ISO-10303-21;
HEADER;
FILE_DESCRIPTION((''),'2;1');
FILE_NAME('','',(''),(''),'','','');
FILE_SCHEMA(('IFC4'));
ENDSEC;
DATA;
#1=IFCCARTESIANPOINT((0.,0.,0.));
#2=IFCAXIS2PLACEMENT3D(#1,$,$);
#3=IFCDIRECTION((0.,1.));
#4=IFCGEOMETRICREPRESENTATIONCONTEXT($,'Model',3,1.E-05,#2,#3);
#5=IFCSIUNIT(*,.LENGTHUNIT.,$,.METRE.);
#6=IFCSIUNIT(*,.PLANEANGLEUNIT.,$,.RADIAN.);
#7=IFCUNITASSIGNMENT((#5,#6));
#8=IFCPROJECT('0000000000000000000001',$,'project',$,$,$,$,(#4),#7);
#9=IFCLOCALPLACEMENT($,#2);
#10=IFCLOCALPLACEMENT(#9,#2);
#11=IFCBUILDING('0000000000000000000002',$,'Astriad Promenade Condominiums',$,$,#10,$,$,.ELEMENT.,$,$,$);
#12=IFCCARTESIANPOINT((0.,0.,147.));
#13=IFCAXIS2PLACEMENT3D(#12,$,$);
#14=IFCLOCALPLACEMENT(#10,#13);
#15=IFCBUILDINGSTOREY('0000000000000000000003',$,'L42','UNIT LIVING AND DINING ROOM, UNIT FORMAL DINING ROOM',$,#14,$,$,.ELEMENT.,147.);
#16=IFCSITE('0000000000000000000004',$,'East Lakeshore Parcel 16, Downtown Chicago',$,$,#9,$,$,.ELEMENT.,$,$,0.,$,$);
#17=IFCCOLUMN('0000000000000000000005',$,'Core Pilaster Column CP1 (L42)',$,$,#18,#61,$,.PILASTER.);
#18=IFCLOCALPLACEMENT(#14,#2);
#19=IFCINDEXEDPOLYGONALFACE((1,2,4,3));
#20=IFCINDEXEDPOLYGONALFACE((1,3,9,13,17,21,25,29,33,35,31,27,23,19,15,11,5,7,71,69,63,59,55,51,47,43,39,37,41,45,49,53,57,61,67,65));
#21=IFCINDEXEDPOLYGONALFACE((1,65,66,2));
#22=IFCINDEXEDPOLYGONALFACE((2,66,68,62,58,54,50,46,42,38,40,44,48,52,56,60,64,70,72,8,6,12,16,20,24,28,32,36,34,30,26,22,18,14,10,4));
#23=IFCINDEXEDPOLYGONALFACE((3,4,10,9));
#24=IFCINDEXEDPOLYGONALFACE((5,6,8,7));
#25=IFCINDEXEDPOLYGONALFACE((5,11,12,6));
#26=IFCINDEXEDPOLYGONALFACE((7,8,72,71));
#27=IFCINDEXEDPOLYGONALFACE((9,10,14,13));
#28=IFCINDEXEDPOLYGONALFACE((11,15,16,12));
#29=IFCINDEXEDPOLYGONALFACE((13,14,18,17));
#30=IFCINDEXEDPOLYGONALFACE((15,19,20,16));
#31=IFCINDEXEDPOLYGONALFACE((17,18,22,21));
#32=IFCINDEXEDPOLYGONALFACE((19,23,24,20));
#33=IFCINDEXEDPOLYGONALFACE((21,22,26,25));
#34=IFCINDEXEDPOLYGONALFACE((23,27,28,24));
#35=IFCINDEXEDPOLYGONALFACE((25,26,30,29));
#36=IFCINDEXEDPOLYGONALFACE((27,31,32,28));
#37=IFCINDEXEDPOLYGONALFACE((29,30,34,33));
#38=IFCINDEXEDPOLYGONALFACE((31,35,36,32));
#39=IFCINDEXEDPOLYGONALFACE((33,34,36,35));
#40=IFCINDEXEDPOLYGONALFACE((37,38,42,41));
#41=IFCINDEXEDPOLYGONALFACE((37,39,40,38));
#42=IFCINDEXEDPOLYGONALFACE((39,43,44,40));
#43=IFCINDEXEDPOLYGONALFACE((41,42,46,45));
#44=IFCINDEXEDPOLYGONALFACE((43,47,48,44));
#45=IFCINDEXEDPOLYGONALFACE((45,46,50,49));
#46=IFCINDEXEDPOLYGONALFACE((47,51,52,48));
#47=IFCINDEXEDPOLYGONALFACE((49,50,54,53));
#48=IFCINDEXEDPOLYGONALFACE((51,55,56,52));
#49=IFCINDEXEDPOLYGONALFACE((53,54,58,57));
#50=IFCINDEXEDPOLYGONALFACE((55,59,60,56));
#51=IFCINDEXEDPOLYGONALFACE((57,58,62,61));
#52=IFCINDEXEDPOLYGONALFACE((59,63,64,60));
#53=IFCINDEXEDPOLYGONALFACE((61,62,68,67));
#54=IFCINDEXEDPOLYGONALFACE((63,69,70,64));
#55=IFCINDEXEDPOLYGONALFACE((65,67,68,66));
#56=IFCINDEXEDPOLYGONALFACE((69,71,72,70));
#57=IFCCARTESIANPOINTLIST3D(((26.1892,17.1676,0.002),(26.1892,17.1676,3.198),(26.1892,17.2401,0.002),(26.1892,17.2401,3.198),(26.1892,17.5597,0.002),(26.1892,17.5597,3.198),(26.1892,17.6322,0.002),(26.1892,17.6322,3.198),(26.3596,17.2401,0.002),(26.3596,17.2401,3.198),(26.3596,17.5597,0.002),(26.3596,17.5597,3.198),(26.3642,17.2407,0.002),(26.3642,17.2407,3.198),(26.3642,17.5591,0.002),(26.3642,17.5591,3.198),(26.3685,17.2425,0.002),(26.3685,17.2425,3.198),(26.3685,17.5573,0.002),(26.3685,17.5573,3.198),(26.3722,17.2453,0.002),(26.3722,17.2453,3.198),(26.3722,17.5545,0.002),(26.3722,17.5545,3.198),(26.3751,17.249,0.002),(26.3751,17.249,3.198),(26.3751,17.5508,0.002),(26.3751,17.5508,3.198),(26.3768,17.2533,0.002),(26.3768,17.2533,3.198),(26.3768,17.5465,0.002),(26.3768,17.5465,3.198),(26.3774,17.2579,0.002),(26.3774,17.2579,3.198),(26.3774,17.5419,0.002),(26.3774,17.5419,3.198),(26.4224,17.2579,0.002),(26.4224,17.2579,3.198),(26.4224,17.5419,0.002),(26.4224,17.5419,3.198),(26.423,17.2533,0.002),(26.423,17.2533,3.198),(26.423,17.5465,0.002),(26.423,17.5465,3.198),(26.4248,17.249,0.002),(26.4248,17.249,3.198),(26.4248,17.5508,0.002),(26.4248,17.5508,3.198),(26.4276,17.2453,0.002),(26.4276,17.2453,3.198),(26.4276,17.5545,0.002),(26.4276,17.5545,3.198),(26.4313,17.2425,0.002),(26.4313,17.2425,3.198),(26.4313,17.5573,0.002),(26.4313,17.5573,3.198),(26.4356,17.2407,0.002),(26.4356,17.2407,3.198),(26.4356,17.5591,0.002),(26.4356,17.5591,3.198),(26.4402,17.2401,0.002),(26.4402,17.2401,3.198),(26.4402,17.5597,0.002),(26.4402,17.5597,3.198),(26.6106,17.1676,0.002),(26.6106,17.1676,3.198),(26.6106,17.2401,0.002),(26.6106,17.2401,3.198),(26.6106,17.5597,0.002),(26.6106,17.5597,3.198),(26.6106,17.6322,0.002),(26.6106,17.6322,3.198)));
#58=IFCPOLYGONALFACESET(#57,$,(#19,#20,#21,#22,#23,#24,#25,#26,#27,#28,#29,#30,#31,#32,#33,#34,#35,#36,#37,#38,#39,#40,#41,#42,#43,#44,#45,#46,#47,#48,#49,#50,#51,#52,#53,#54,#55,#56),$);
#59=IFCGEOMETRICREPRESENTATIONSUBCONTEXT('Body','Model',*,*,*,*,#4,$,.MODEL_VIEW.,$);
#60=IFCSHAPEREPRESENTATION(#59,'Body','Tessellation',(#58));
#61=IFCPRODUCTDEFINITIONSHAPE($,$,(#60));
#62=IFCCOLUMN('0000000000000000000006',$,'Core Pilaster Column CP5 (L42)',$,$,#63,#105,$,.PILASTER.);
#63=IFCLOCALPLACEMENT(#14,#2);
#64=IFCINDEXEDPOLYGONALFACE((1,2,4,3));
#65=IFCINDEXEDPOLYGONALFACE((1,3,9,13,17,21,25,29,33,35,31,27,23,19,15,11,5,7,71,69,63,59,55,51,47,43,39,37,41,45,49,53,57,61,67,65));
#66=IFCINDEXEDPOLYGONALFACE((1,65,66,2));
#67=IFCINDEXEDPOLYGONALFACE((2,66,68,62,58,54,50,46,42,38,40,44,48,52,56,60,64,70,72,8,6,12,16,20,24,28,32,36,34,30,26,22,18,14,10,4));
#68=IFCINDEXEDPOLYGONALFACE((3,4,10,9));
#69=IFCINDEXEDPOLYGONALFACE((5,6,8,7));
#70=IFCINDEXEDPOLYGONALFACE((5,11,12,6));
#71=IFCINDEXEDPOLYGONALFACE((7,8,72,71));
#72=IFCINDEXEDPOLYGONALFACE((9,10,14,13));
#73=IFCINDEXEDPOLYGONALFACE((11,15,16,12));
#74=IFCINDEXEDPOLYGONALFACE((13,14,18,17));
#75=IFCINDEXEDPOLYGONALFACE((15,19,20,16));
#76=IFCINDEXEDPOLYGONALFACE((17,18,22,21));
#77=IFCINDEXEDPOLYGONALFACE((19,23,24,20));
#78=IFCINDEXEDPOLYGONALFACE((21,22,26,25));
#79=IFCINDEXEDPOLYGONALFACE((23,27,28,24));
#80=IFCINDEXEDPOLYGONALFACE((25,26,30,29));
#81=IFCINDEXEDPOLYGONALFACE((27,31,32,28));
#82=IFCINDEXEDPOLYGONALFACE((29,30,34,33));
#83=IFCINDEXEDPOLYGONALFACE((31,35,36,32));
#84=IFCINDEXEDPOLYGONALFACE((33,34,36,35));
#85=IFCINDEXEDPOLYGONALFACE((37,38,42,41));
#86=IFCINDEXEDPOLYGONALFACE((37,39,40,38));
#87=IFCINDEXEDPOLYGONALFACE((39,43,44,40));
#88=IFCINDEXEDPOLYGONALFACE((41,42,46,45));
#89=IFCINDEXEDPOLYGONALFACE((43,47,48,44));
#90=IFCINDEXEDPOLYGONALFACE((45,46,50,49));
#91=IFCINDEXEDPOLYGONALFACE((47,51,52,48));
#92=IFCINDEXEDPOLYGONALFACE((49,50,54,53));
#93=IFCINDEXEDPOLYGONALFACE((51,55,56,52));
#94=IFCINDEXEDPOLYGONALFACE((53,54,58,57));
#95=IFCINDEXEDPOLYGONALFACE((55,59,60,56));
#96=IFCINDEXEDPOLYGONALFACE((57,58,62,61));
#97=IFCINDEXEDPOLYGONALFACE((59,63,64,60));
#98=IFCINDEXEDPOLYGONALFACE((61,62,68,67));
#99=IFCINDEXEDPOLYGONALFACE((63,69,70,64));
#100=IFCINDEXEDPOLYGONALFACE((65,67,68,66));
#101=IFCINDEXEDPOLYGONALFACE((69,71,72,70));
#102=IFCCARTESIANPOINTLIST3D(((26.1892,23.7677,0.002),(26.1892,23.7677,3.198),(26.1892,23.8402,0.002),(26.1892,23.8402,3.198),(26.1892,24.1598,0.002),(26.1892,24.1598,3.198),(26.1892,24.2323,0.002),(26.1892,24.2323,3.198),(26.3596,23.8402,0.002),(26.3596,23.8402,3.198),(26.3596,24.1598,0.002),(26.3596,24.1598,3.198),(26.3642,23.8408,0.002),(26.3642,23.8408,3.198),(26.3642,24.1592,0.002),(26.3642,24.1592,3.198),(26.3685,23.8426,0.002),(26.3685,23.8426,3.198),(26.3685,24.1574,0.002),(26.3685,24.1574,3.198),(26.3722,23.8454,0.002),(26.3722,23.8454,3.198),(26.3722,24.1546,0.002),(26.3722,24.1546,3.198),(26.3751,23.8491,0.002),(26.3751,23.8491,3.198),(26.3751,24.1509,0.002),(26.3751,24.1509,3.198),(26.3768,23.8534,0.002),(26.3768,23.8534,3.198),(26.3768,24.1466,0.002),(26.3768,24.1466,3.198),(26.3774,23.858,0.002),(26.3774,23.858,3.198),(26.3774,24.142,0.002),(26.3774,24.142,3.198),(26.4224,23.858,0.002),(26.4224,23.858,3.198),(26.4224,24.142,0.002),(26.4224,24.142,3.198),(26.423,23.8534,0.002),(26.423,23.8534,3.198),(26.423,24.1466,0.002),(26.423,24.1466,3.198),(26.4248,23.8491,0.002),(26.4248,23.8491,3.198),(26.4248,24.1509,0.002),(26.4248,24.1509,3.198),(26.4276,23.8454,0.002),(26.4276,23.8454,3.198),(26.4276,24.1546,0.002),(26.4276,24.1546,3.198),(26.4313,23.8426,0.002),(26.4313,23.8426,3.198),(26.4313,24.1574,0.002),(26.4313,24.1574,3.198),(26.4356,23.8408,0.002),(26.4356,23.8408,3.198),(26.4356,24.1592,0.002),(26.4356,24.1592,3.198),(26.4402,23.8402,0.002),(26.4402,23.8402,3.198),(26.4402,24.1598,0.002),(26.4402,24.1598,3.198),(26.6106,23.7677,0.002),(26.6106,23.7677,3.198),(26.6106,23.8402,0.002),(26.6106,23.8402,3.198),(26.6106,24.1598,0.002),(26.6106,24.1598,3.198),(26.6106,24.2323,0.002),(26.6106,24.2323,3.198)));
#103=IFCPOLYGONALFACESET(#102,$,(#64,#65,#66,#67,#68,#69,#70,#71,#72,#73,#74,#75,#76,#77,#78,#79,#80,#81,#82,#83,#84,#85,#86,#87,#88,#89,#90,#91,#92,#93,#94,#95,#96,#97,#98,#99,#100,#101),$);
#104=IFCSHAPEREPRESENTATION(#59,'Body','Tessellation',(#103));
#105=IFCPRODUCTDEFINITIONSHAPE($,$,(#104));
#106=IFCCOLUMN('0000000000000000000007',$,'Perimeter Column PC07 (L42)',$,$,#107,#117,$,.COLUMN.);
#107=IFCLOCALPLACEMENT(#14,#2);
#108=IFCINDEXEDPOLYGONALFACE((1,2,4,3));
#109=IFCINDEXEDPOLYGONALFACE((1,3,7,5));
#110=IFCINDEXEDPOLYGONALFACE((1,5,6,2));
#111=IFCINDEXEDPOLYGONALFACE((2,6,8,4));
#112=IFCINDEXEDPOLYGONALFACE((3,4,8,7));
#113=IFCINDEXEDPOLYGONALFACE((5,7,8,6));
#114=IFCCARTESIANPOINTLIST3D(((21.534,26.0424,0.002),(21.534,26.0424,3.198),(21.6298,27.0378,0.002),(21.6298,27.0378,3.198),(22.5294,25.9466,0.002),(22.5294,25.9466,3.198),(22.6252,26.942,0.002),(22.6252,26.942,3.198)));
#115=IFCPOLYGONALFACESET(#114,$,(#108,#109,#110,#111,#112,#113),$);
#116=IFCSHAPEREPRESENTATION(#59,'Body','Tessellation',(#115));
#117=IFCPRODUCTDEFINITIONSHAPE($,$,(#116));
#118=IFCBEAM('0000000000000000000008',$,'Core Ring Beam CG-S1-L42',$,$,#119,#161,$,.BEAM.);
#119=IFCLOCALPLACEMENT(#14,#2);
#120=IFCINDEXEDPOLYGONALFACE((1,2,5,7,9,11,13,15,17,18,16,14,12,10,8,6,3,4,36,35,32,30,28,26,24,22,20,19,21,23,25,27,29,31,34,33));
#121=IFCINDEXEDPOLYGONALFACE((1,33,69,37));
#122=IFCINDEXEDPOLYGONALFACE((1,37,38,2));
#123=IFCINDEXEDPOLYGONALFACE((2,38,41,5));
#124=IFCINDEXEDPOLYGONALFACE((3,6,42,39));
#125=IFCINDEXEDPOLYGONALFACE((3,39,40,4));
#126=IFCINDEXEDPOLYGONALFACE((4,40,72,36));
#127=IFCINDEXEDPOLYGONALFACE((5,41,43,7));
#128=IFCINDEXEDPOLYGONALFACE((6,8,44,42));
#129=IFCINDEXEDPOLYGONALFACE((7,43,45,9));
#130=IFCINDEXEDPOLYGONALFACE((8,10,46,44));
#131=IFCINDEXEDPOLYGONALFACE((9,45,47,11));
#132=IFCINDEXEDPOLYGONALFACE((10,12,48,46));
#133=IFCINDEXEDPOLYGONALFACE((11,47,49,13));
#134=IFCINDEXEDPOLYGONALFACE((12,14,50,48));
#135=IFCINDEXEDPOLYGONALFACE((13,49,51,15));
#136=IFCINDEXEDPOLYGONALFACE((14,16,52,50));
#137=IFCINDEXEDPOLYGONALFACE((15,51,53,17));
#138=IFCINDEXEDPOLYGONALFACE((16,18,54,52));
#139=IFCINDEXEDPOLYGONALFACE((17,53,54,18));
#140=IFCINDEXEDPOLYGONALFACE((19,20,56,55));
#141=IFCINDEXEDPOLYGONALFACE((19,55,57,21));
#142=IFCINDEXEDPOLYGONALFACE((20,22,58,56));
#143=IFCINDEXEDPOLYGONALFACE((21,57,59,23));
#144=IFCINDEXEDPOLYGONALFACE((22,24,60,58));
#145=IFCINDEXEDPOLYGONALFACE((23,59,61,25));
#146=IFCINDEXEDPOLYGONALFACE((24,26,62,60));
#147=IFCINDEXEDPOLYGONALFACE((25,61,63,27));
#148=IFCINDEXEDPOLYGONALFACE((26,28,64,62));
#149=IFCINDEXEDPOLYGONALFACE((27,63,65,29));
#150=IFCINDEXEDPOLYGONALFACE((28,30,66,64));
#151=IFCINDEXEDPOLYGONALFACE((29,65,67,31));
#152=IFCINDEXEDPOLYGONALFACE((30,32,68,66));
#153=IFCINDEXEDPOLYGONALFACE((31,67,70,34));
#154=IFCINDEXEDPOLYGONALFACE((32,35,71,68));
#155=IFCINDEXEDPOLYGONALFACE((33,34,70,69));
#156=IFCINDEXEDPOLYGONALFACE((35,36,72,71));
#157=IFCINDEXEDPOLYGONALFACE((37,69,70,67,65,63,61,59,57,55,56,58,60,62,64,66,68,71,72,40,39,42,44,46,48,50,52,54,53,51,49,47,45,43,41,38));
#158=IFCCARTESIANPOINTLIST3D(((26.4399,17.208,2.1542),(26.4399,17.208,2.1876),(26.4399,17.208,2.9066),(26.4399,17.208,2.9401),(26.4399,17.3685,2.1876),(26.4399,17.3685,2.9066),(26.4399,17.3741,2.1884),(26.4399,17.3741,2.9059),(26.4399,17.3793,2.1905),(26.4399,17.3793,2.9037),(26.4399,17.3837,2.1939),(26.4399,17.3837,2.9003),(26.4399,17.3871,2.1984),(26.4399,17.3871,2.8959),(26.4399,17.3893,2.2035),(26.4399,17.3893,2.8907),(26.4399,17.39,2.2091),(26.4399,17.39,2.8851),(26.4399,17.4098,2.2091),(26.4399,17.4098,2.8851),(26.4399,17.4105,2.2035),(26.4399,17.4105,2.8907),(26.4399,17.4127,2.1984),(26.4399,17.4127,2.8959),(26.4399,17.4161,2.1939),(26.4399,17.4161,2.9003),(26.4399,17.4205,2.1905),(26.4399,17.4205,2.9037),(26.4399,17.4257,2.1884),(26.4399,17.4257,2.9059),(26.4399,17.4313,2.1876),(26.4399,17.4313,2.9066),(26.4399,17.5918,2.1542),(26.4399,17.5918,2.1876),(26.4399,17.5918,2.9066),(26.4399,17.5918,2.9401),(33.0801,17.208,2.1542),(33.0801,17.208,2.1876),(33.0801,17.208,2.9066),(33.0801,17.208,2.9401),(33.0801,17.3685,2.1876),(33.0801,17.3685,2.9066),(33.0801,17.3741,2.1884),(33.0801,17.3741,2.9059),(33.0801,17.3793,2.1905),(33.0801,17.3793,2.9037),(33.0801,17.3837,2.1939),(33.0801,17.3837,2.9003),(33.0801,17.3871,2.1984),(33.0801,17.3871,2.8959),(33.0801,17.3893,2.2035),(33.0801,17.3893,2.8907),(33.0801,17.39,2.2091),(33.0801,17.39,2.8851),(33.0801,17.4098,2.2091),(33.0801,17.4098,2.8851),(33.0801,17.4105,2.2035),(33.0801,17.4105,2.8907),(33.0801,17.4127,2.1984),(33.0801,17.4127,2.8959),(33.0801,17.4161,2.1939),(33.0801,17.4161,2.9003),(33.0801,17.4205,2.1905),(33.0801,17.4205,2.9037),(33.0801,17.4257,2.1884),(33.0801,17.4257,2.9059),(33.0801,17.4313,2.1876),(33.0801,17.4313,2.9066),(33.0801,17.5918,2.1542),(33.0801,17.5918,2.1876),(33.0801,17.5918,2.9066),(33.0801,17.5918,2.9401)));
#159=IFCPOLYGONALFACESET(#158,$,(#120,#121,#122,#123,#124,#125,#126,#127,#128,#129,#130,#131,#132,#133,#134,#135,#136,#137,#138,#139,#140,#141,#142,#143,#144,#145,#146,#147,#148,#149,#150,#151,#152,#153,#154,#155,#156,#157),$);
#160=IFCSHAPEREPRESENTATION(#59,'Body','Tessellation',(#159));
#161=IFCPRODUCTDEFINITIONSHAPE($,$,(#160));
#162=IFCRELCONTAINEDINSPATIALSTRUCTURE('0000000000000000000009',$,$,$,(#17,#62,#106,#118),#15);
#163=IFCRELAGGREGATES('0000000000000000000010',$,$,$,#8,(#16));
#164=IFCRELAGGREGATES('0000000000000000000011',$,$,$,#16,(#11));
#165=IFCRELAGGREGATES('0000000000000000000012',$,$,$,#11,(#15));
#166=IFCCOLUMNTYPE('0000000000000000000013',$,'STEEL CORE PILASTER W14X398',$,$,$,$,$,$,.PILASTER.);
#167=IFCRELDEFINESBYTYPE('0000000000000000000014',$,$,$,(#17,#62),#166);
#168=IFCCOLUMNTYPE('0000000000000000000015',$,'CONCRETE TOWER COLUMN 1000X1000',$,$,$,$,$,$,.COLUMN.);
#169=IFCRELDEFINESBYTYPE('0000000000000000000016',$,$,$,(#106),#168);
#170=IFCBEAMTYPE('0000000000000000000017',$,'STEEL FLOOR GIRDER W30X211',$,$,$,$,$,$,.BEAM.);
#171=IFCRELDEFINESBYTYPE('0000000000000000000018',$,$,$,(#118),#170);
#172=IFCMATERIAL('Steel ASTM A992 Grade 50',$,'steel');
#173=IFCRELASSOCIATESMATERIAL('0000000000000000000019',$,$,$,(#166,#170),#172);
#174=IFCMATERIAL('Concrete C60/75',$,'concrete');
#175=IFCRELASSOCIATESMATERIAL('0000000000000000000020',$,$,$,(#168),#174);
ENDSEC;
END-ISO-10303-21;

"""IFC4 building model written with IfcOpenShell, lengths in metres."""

from ifc_helpers import new_model, si_unit, direction, frame, origin, origin_2d, place, context, subcontext, project, spatial, rectangle, i_section, extrude, source, transform, mapped, material, material_profile, profile_set, type_object, type_shapes, element, save


model = new_model("IFC4")

# Units and contexts
model_context = context("Model", 3, precision=1e-05, world=origin(), true_north=direction((0.0, 1.0)))
body_context = subcontext(model_context, "Body", "Model", "MODEL_VIEW")
ifc_project = project(units=[si_unit("LENGTHUNIT", "METRE"), si_unit("PLANEANGLEUNIT", "RADIAN")], contexts=[model_context])

# Site, building, storey
site_placement = place(None, origin())
site = spatial("IfcSite", under=ifc_project, at=site_placement, Name="East Lakeshore Parcel 16, Downtown Chicago", CompositionType="ELEMENT", RefElevation=0.0)
building_placement = place(site_placement, origin())
building = spatial("IfcBuilding", under=site, at=building_placement, Name="Astriad Promenade Condominiums", CompositionType="ELEMENT")
storey_placement = place(building_placement, frame((0.0, 0.0, 147.0)))
storey = spatial("IfcBuildingStorey", under=building, at=storey_placement, Name="L42", Description="UNIT LIVING AND DINING ROOM, UNIT FORMAL DINING ROOM", CompositionType="ELEMENT", Elevation=147.0)

# Columns
ifc_material_1 = material(Name="Steel ASTM A992 Grade 50", Category="steel")
ifc_material_profile_1 = material_profile(ifc_material_1, i_section(OverallWidth=0.4214, OverallDepth=0.4646, WebThickness=0.0449, FlangeThickness=0.0725, FilletRadius=0.0178, at=origin_2d()), Name="W14X398")
ifc_profile_set_1 = profile_set([ifc_material_profile_1], Name="Steel ASTM A992 Grade 50")
column_type_1 = type_object("IfcColumnType", Name="STEEL CORE PILASTER W14X398", PredefinedType="PILASTER", material=ifc_profile_set_1)
shared_shape_1 = source(origin(), body_context, "Body", "SweptSolid", [
    extrude(i_section(OverallWidth=0.4214, OverallDepth=0.4646, WebThickness=0.0449, FlangeThickness=0.0725, FilletRadius=0.0178, at=origin_2d()), origin(), (0.0, 0.0, 1.0), 3.196),
])
type_shapes(column_type_1, [shared_shape_1])
for number, where, z_axis, x_axis, name in (
    (1, (26.3999, 17.3999, 0.002), (0.0, 0.0, 1.0), (1.0, 0.0, 0.0), "Core Pilaster Column CP1 (L42)"),
    (2, (26.3999, 24.0, 0.002), (0.0, 0.0, 1.0), (1.0, 0.0, 0.0), "Core Pilaster Column CP5 (L42)"),
):
    element("IfcColumn", number, at=place(storey_placement, frame(where, z_axis=z_axis, x_axis=x_axis)), inside=storey, type_object=column_type_1, Name=name, PredefinedType="PILASTER", context=body_context, shape_type="MappedRepresentation", body=[
        mapped(shared_shape_1, transform((0.0, 0.0, 0.0), scale=1.0)),
    ])
ifc_material_2 = material(Name="Concrete C60/75", Category="concrete")
ifc_material_profile_2 = material_profile(ifc_material_2, rectangle(XDim=1.0, YDim=1.0, at=origin_2d()), Name="RC-COL-1000X1000")
ifc_profile_set_2 = profile_set([ifc_material_profile_2], Name="Concrete C60/75")
column_type_2 = type_object("IfcColumnType", Name="CONCRETE TOWER COLUMN 1000X1000", PredefinedType="COLUMN", material=ifc_profile_set_2)
shared_shape_2 = source(origin(), body_context, "Body", "SweptSolid", [
    extrude(rectangle(XDim=1.0, YDim=1.0, at=origin_2d()), origin(), (0.0, 0.0, 1.0), 3.196),
])
type_shapes(column_type_2, [shared_shape_2])
column_placement = place(storey_placement, frame((22.0796, 26.4922, 0.002), z_axis=(0.0, 0.0, 1.0), x_axis=(0.995396, -0.095846, 0.0)))
element("IfcColumn", 3, at=column_placement, inside=storey, type_object=column_type_2, Name="Perimeter Column PC07 (L42)", PredefinedType="COLUMN", context=body_context, shape_type="MappedRepresentation", body=[
    mapped(shared_shape_2, transform((0.0, 0.0, 0.0), scale=1.0)),
])

# Beam
ifc_material_profile_3 = material_profile(ifc_material_1, i_section(OverallWidth=0.3838, OverallDepth=0.7859, WebThickness=0.0198, FlangeThickness=0.0334, FilletRadius=0.0215, at=origin_2d()), Name="W30X211")
ifc_profile_set_3 = profile_set([ifc_material_profile_3], Name="Steel ASTM A992 Grade 50")
beam_type_1 = type_object("IfcBeamType", Name="STEEL FLOOR GIRDER W30X211", PredefinedType="BEAM", material=ifc_profile_set_3)
shared_shape_3 = source(origin(), body_context, "Body", "SweptSolid", [
    extrude(i_section(OverallWidth=0.3838, OverallDepth=0.7859, WebThickness=0.0198, FlangeThickness=0.0334, FilletRadius=0.0215, at=origin_2d()), origin(), (0.0, 0.0, 1.0), 6.6401),
])
type_shapes(beam_type_1, [shared_shape_3])
beam_1_placement = place(storey_placement, frame((26.4399, 17.3999, 2.5471), z_axis=(1.0, 0.0, 0.0), x_axis=(0.0, 1.0, 0.0)))
element("IfcBeam", 4, at=beam_1_placement, inside=storey, type_object=beam_type_1, Name="Core Ring Beam CG-S1-L42", PredefinedType="BEAM", context=body_context, shape_type="MappedRepresentation", body=[
    mapped(shared_shape_3, transform((0.0, 0.0, 0.0), scale=1.0)),
])

save(model, "model.ifc")
